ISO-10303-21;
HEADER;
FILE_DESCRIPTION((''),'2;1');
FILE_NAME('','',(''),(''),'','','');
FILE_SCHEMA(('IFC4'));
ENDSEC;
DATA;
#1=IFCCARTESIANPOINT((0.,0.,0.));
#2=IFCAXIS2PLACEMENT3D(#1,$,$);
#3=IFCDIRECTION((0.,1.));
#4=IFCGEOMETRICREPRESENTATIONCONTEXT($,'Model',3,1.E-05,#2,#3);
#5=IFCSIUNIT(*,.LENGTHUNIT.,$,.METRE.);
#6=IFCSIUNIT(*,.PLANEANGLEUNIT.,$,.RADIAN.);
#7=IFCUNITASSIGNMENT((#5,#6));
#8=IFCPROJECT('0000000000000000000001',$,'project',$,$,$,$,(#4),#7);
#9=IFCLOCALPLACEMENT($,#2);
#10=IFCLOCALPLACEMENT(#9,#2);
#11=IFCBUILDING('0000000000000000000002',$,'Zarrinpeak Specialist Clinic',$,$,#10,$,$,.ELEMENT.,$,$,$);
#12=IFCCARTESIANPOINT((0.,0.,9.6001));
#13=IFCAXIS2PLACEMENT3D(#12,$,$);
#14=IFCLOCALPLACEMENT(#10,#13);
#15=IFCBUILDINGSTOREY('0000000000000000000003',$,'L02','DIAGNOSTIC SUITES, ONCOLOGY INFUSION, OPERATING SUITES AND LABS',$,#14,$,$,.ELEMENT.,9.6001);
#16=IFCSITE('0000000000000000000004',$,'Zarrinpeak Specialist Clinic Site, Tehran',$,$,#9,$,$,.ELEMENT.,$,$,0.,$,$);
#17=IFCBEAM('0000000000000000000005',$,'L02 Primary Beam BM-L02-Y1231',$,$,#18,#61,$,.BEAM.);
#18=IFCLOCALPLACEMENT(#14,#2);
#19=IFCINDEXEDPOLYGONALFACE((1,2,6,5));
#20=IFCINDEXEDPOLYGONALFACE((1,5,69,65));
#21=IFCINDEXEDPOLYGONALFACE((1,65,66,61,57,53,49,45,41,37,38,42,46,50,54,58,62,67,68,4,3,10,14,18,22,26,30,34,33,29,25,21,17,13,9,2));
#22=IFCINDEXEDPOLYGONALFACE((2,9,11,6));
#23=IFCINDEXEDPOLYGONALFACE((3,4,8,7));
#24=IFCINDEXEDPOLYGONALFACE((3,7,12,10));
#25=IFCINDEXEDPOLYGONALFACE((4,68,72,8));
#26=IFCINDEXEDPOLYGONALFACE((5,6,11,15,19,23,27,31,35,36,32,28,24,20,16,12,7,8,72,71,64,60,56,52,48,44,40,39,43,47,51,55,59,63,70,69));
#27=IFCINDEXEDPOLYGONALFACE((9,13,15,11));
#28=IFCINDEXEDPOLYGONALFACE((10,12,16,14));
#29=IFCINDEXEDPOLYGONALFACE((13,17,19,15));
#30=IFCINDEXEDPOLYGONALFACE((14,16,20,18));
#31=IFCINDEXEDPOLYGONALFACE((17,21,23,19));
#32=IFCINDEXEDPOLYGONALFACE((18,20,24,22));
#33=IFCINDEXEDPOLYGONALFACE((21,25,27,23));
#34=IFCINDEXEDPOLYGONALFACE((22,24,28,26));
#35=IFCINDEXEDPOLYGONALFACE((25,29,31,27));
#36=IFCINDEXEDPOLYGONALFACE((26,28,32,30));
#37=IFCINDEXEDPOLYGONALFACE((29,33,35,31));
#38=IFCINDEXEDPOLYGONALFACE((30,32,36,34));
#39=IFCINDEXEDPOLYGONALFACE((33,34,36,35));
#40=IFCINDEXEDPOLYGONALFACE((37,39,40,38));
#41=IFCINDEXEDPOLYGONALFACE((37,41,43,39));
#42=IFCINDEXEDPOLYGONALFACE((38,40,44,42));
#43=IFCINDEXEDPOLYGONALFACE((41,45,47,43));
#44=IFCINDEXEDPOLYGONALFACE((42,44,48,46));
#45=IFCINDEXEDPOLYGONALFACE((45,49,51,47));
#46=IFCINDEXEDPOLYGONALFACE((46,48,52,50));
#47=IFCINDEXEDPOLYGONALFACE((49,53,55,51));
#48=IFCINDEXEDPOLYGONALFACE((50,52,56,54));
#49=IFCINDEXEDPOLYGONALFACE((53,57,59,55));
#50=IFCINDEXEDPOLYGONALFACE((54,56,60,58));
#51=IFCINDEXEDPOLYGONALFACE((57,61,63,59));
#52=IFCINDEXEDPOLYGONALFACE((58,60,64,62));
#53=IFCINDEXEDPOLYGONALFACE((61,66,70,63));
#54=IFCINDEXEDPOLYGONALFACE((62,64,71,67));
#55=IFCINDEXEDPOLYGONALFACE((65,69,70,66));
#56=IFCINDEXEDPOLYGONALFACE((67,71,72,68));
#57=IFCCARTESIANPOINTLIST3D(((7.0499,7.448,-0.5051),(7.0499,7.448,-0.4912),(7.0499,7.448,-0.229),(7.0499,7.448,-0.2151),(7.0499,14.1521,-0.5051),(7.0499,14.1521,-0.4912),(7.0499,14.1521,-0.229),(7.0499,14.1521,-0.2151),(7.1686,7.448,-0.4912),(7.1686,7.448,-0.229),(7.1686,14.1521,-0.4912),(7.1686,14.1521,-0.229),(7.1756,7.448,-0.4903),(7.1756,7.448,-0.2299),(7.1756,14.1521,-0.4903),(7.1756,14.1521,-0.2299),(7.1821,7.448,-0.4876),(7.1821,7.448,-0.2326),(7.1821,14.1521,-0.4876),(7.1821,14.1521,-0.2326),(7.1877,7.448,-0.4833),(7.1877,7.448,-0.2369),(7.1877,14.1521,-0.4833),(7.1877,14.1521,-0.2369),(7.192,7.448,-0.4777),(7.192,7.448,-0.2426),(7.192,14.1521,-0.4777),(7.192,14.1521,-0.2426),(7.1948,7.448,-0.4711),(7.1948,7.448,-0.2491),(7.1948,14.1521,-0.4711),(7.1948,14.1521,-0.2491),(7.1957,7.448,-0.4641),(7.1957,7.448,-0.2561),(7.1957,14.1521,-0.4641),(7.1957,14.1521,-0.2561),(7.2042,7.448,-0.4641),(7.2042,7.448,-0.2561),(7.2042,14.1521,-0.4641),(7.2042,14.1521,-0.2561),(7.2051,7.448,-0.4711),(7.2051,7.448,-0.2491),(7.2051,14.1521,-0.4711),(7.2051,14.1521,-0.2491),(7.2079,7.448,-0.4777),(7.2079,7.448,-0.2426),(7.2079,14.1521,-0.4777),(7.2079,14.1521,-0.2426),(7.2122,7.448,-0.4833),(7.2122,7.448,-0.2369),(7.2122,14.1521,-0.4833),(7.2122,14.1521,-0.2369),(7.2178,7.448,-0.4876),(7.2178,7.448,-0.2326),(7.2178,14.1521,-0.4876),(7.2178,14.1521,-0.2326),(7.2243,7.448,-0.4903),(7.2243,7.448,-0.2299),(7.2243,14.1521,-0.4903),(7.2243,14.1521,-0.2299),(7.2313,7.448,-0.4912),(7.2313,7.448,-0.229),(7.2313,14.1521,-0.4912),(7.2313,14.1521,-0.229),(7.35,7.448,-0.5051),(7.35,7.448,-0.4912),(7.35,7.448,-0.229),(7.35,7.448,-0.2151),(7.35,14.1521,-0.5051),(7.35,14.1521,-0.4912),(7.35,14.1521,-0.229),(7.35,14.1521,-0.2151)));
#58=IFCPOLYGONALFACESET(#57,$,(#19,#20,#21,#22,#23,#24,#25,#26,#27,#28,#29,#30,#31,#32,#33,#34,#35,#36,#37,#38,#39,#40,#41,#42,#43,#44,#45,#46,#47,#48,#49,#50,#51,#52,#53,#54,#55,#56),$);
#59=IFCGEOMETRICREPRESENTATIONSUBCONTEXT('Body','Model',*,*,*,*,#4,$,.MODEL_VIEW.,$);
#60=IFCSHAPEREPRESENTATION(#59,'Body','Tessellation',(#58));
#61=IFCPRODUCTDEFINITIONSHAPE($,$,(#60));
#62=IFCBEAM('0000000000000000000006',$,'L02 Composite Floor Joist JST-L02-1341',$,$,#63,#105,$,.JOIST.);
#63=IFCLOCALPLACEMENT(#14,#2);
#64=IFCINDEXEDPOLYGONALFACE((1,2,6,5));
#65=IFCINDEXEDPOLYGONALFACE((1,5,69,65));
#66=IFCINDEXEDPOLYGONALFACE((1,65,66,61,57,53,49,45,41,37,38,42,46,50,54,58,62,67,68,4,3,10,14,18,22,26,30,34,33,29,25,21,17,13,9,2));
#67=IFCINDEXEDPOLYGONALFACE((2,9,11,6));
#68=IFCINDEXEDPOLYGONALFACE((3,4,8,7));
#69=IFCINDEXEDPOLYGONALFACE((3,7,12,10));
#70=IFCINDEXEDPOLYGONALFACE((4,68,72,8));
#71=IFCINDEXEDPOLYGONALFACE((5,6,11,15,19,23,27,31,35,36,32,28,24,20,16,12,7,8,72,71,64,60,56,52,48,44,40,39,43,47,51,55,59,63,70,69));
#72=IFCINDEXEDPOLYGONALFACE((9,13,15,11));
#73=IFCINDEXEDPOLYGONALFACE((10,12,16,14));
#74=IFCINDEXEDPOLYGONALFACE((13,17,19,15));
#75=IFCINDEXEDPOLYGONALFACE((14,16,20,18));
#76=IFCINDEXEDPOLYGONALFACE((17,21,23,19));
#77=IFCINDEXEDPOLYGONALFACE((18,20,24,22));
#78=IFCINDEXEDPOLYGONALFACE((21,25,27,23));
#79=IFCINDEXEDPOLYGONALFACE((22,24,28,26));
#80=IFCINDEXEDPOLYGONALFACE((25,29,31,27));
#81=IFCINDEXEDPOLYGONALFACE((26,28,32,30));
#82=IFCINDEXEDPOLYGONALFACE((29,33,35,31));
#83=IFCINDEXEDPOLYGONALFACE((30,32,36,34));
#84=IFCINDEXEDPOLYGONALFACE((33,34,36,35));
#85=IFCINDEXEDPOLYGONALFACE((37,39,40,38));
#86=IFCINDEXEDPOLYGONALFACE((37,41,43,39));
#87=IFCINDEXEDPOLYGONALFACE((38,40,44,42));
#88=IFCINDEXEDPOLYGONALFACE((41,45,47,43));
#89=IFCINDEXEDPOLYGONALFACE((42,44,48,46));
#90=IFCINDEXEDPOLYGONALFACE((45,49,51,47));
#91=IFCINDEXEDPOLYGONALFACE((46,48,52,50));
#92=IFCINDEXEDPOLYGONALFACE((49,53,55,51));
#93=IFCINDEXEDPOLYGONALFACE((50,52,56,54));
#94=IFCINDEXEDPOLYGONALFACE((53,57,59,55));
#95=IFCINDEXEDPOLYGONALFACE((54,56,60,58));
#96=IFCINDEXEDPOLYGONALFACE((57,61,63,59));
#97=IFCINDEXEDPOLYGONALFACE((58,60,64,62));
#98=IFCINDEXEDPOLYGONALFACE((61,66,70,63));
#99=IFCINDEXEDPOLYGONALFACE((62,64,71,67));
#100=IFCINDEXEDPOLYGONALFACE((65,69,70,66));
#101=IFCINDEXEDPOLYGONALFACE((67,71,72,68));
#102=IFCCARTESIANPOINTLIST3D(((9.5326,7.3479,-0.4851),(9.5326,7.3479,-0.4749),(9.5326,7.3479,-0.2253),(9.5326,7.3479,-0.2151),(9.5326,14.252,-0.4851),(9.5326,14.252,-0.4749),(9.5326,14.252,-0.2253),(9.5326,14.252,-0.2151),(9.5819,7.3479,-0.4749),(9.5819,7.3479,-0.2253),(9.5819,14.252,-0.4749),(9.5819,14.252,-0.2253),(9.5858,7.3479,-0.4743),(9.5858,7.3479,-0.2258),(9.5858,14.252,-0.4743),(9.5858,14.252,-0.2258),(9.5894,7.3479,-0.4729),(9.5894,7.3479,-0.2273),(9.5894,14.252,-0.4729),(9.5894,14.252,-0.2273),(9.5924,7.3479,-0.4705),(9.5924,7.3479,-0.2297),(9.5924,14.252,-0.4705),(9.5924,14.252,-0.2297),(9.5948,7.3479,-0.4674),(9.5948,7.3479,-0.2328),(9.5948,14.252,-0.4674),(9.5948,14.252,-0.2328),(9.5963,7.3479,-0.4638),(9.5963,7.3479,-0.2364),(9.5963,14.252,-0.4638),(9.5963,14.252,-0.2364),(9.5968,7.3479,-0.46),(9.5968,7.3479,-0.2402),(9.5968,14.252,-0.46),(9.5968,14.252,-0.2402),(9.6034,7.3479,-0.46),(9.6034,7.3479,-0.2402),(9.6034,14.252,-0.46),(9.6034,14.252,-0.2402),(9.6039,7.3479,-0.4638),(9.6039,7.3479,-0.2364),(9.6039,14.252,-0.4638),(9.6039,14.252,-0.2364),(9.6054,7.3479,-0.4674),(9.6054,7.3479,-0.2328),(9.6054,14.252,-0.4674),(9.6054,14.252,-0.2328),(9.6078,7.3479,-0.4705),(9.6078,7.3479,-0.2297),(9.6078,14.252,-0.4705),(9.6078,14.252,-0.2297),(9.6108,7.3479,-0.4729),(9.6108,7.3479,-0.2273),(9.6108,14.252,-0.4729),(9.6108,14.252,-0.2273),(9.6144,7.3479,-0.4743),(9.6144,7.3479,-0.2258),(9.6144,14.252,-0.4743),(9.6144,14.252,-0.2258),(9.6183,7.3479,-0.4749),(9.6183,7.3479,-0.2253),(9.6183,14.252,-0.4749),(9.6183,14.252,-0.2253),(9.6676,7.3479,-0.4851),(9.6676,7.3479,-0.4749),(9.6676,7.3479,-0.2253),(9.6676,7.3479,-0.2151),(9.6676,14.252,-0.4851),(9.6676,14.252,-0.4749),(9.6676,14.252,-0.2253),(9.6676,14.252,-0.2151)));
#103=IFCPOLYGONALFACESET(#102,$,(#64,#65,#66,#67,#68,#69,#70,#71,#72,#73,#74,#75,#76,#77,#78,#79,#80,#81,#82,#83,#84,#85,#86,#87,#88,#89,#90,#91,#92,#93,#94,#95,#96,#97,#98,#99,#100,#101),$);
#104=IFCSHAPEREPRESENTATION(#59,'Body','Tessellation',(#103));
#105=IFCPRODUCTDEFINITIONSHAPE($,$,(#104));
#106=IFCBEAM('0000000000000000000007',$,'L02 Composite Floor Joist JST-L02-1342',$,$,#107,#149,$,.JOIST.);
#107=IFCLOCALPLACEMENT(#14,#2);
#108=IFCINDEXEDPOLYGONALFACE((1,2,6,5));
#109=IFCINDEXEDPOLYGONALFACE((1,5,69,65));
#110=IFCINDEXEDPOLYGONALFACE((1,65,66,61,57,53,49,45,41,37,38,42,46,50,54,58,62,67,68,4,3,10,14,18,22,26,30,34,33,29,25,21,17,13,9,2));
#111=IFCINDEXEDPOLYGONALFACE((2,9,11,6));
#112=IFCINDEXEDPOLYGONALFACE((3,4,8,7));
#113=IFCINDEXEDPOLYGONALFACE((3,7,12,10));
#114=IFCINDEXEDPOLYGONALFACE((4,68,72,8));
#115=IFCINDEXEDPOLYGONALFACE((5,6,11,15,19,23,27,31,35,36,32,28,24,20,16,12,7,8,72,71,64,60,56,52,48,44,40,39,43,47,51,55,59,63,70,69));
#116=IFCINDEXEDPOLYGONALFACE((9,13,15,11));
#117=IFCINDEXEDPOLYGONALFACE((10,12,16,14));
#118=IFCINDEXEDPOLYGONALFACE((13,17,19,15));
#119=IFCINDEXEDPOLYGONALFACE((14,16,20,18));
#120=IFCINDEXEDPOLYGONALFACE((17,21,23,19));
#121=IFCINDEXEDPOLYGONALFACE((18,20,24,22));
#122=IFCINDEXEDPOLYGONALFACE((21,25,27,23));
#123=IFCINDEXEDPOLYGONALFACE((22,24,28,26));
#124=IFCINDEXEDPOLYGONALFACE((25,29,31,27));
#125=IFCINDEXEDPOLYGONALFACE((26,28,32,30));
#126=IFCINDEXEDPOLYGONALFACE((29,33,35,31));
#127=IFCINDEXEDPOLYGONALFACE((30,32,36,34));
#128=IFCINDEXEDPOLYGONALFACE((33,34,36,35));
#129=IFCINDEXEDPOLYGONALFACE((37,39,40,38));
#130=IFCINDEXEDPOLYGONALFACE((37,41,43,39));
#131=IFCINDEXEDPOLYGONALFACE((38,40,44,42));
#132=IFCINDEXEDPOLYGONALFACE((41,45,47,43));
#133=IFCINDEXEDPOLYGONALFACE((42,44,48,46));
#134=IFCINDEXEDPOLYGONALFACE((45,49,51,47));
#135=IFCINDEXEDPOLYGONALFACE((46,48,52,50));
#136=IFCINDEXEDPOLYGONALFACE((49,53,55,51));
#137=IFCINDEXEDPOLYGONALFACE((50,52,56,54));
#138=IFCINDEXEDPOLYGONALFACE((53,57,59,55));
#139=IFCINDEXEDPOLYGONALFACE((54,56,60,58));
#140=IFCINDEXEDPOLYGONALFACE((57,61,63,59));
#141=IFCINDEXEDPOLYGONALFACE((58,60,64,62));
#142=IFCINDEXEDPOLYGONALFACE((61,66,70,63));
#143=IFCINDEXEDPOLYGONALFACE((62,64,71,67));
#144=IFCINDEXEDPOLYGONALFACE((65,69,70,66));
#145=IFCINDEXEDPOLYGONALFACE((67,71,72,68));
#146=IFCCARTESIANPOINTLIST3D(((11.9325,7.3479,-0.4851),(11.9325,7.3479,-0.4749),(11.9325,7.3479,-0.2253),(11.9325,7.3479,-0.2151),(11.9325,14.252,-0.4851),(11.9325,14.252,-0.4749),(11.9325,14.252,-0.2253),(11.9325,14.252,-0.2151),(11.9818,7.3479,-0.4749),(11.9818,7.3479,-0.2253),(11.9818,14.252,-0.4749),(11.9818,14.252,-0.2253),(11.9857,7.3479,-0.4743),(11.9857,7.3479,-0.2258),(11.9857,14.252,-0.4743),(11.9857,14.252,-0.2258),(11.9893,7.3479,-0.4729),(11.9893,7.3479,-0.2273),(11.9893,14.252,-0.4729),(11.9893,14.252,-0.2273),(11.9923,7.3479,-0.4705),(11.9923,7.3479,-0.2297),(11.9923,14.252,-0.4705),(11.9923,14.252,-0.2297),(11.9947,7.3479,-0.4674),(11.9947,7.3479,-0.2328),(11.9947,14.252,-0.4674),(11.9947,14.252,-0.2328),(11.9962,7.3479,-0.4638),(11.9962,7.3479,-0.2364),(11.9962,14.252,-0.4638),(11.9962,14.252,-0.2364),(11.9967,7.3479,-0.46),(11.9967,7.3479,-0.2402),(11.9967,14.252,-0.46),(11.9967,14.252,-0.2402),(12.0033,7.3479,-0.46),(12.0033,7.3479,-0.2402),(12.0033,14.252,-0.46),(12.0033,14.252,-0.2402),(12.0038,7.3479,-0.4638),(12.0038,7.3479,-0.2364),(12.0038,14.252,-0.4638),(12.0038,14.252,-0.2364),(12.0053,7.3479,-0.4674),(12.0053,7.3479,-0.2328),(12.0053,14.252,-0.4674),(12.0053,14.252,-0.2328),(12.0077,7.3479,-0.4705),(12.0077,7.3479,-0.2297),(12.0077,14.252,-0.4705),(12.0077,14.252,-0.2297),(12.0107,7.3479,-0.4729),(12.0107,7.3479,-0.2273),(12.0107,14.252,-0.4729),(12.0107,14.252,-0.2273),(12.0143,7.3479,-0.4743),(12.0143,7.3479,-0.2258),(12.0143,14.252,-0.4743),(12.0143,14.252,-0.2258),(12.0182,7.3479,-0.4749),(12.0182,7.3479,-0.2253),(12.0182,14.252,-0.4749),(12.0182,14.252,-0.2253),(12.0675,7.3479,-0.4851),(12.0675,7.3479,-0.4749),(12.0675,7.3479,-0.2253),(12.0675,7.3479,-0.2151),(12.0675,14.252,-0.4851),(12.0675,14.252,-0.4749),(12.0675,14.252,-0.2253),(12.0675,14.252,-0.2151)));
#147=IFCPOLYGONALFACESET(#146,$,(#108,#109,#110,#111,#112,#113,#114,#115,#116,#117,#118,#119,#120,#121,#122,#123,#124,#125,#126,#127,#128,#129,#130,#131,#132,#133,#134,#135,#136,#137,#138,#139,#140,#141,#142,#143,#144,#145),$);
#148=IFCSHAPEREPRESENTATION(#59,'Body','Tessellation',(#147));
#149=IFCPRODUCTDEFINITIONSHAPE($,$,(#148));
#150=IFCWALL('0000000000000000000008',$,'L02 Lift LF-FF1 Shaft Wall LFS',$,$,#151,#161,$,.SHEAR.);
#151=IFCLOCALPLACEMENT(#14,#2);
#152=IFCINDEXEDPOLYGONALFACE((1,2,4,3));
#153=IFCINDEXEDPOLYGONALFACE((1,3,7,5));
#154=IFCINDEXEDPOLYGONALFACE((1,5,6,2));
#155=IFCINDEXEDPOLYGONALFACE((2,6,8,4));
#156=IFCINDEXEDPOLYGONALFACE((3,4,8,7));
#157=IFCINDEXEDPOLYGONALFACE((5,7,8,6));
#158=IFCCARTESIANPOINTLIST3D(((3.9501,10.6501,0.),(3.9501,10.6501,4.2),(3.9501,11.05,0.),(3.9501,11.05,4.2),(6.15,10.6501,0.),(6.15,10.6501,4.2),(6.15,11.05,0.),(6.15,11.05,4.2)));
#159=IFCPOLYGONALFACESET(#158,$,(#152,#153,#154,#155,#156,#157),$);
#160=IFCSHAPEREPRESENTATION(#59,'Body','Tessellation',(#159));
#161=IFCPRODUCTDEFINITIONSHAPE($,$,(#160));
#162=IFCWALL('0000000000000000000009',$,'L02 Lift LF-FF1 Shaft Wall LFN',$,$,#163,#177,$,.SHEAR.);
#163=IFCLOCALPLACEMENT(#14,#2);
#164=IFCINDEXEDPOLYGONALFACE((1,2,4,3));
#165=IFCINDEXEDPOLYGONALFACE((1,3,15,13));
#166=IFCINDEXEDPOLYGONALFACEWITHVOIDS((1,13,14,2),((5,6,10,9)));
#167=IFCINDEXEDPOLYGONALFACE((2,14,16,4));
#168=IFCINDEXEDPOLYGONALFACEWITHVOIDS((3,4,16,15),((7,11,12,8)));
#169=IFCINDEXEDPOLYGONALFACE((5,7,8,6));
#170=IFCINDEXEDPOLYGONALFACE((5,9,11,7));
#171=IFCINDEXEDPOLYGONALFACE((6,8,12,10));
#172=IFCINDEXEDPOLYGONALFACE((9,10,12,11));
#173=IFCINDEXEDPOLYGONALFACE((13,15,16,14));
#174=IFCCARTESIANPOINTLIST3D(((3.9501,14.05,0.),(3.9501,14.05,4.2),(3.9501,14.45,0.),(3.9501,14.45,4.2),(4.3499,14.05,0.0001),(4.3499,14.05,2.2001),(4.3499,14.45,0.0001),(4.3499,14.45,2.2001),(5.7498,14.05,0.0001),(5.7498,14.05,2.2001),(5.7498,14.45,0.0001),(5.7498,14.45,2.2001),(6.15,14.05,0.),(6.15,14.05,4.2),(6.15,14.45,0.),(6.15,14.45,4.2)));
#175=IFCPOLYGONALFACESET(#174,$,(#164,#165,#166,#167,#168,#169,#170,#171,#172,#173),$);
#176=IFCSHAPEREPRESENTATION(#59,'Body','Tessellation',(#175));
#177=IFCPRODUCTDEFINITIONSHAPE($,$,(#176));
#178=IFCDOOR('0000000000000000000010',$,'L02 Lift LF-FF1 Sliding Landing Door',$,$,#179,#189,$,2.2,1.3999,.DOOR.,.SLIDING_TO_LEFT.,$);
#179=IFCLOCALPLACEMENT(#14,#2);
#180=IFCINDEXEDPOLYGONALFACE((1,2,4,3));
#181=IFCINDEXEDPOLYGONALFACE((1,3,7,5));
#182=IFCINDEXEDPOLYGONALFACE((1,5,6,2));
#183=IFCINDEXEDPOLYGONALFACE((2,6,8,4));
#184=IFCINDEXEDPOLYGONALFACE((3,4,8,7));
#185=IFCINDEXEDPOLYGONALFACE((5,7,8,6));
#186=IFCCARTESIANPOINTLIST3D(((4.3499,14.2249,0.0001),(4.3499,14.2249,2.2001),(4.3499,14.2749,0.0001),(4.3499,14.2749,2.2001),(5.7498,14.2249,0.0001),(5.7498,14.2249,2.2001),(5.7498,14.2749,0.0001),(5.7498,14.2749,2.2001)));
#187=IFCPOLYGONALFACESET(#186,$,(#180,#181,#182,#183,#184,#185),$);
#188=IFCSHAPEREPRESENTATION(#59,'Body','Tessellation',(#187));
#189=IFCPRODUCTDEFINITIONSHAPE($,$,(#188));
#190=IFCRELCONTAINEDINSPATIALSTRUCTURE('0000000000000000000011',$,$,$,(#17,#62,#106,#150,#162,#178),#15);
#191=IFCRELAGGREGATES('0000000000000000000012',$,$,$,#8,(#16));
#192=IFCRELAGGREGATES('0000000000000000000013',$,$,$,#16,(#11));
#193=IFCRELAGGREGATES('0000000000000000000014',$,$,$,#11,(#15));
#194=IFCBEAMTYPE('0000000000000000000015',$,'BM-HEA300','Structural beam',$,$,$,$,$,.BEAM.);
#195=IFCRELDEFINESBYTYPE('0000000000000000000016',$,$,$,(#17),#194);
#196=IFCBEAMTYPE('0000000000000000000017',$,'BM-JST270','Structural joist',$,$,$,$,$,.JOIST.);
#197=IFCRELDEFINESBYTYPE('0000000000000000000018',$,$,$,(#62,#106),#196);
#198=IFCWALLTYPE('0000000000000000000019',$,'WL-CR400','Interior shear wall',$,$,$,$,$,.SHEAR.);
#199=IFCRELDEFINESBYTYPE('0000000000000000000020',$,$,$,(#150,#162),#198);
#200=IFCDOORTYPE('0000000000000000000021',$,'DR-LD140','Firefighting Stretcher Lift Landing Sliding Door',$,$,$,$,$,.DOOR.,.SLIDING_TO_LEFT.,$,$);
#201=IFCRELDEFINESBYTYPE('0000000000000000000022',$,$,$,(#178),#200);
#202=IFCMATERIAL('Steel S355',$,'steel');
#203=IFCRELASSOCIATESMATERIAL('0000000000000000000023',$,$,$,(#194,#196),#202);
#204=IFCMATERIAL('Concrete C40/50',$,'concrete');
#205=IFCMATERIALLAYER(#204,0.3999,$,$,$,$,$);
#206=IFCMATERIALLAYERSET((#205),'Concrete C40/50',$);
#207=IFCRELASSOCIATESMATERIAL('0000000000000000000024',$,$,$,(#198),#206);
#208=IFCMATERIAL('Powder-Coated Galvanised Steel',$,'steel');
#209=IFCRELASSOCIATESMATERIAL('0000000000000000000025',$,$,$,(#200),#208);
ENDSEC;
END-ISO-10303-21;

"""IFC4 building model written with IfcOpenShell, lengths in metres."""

from ifc_helpers import new_model, si_unit, direction, frame, frame_2d, origin, origin_2d, place, context, subcontext, project, spatial, rectangle, i_section, extrude, material, layer, layer_set, material_profile, profile_set, type_object, element, fill, save


model = new_model("IFC4")

# Units and contexts
model_context = context("Model", 3, precision=1e-05, world=origin(), true_north=direction((0.0, 1.0)))
body_context = subcontext(model_context, "Body", "Model", "MODEL_VIEW")
ifc_project = project(units=[si_unit("LENGTHUNIT", "METRE"), si_unit("PLANEANGLEUNIT", "RADIAN")], contexts=[model_context])

# Site, building, storey
site_placement = place(None, origin())
site = spatial("IfcSite", under=ifc_project, at=site_placement, Name="Zarrinpeak Specialist Clinic Site, Tehran", CompositionType="ELEMENT", RefElevation=0.0)
building_placement = place(site_placement, origin())
building = spatial("IfcBuilding", under=site, at=building_placement, Name="Zarrinpeak Specialist Clinic", CompositionType="ELEMENT")
storey_placement = place(building_placement, frame((0.0, 0.0, 9.6001)))
storey = spatial("IfcBuildingStorey", under=building, at=storey_placement, Name="L02", Description="DIAGNOSTIC SUITES, ONCOLOGY INFUSION, OPERATING SUITES AND LABS", CompositionType="ELEMENT", Elevation=9.6001)

# Shared definitions
ifc_material_1 = material(Name="Steel S355", Category="steel")

# Beams
ifc_material_profile_1 = material_profile(ifc_material_1, i_section(OverallWidth=0.3, OverallDepth=0.29, WebThickness=0.0085, FlangeThickness=0.0139, FilletRadius=0.0271, at=origin_2d()), Name="HEA 300")
ifc_profile_set_1 = profile_set([ifc_material_profile_1], Name="Steel S355")
beam_type_1 = type_object("IfcBeamType", Name="BM-HEA300", Description="Structural beam", PredefinedType="BEAM", material=ifc_profile_set_1)
beam_placement = place(storey_placement, frame((7.2, 7.448, -0.3601), z_axis=(0.0, 1.0, 0.0), x_axis=(-1.0, 0.0, 0.0)))
element("IfcBeam", 1, at=beam_placement, inside=storey, type_object=beam_type_1, Name="L02 Primary Beam BM-L02-Y1231", PredefinedType="BEAM", context=body_context, shape_type="SweptSolid", body=[
    extrude(i_section(OverallWidth=0.3, OverallDepth=0.29, WebThickness=0.0085, FlangeThickness=0.0139, FilletRadius=0.0271, at=origin_2d()), origin(), (0.0, 0.0, 1.0), 6.7041),
])
ifc_material_profile_2 = material_profile(ifc_material_1, i_section(OverallWidth=0.135, OverallDepth=0.27, WebThickness=0.0066, FlangeThickness=0.0103, FilletRadius=0.0149, at=origin_2d()), Name="IPE 270")
ifc_profile_set_2 = profile_set([ifc_material_profile_2], Name="Steel S355")
beam_type_2 = type_object("IfcBeamType", Name="BM-JST270", Description="Structural joist", PredefinedType="JOIST", material=ifc_profile_set_2)
for number, where, z_axis, x_axis, name in (
    (2, (9.6001, 7.3479, -0.3501), (0.0, 1.0, 0.0), (-1.0, 0.0, 0.0), "L02 Composite Floor Joist JST-L02-1341"),
    (3, (12.0, 7.3479, -0.3501), (0.0, 1.0, 0.0), (-1.0, 0.0, 0.0), "L02 Composite Floor Joist JST-L02-1342"),
):
    element("IfcBeam", number, at=place(storey_placement, frame(where, z_axis=z_axis, x_axis=x_axis)), inside=storey, type_object=beam_type_2, Name=name, PredefinedType="JOIST", context=body_context, shape_type="SweptSolid", body=[
        extrude(i_section(OverallWidth=0.135, OverallDepth=0.27, WebThickness=0.0066, FlangeThickness=0.0103, FilletRadius=0.0149, at=origin_2d()), origin(), (0.0, 0.0, 1.0), 6.9041),
    ])

# Wall
ifc_material_2 = material(Name="Concrete C40/50", Category="concrete")
ifc_layer_1 = layer(ifc_material_2, 0.3999)
ifc_layer_set_1 = layer_set([ifc_layer_1], Name="Concrete C40/50")
wall_type_1 = type_object("IfcWallType", Name="WL-CR400", Description="Interior shear wall", PredefinedType="SHEAR", material=ifc_layer_set_1)
wall_1_placement = place(storey_placement, frame((3.95, 10.8501, 0.0), z_axis=(0.0, 0.0, 1.0), x_axis=(1.0, 0.0, 0.0)))
element("IfcWall", 4, at=wall_1_placement, inside=storey, type_object=wall_type_1, Name="L02 Lift LF-FF1 Shaft Wall LFS", PredefinedType="SHEAR", context=body_context, shape_type="SweptSolid", body=[
    extrude(rectangle(XDim=2.2, YDim=0.3999, at=frame_2d((1.1001, 0.0))), origin(), (0.0, 0.0, 1.0), 4.2),
])

# Wall, opening, door
wall_2_placement = place(storey_placement, frame((3.95, 14.25, 0.0), z_axis=(0.0, 0.0, 1.0), x_axis=(1.0, 0.0, 0.0)))
wall_2 = element("IfcWall", 5, at=wall_2_placement, inside=storey, type_object=wall_type_1, Name="L02 Lift LF-FF1 Shaft Wall LFN", PredefinedType="SHEAR", context=body_context, shape_type="SweptSolid", body=[
    extrude(rectangle(XDim=2.2, YDim=0.3999, at=frame_2d((1.1001, 0.0))), origin(), (0.0, 0.0, 1.0), 4.2),
])
opening_placement = place(wall_2_placement, frame((0.3999, 0.0, 0.0)))
opening = element("IfcOpeningElement", 6, at=opening_placement, cuts=wall_2, PredefinedType="OPENING", context=body_context, shape_type="SweptSolid", body=[
    extrude(rectangle(XDim=1.3999, YDim=2.2, at=frame_2d((0.7, 1.1001))), frame((0.0, 0.21, 0.0), z_axis=(0.0, -1.0, 0.0), x_axis=(1.0, 0.0, 0.0)), (0.0, 0.0, 1.0), 0.4199),
])
ifc_material_3 = material(Name="Powder-Coated Galvanised Steel", Category="steel")
door_type = type_object("IfcDoorType", Name="DR-LD140", Description="Firefighting Stretcher Lift Landing Sliding Door", OperationType="SLIDING_TO_LEFT", PredefinedType="DOOR", material=ifc_material_3)
door_placement = place(opening_placement, origin())
door = element("IfcDoor", 7, at=door_placement, inside=storey, type_object=door_type, Name="L02 Lift LF-FF1 Sliding Landing Door", OperationType="SLIDING_TO_LEFT", OverallHeight=2.2, OverallWidth=1.3999, PredefinedType="DOOR", context=body_context, shape_type="SweptSolid", body=[
    extrude(rectangle(XDim=1.3999, YDim=2.2, at=frame_2d((0.7, 1.1001))), frame((0.0, 0.0249, 0.0), z_axis=(0.0, -1.0, 0.0), x_axis=(1.0, 0.0, 0.0)), (0.0, 0.0, 1.0), 0.05),
])
fill(opening, door)

save(model, "model.ifc")
